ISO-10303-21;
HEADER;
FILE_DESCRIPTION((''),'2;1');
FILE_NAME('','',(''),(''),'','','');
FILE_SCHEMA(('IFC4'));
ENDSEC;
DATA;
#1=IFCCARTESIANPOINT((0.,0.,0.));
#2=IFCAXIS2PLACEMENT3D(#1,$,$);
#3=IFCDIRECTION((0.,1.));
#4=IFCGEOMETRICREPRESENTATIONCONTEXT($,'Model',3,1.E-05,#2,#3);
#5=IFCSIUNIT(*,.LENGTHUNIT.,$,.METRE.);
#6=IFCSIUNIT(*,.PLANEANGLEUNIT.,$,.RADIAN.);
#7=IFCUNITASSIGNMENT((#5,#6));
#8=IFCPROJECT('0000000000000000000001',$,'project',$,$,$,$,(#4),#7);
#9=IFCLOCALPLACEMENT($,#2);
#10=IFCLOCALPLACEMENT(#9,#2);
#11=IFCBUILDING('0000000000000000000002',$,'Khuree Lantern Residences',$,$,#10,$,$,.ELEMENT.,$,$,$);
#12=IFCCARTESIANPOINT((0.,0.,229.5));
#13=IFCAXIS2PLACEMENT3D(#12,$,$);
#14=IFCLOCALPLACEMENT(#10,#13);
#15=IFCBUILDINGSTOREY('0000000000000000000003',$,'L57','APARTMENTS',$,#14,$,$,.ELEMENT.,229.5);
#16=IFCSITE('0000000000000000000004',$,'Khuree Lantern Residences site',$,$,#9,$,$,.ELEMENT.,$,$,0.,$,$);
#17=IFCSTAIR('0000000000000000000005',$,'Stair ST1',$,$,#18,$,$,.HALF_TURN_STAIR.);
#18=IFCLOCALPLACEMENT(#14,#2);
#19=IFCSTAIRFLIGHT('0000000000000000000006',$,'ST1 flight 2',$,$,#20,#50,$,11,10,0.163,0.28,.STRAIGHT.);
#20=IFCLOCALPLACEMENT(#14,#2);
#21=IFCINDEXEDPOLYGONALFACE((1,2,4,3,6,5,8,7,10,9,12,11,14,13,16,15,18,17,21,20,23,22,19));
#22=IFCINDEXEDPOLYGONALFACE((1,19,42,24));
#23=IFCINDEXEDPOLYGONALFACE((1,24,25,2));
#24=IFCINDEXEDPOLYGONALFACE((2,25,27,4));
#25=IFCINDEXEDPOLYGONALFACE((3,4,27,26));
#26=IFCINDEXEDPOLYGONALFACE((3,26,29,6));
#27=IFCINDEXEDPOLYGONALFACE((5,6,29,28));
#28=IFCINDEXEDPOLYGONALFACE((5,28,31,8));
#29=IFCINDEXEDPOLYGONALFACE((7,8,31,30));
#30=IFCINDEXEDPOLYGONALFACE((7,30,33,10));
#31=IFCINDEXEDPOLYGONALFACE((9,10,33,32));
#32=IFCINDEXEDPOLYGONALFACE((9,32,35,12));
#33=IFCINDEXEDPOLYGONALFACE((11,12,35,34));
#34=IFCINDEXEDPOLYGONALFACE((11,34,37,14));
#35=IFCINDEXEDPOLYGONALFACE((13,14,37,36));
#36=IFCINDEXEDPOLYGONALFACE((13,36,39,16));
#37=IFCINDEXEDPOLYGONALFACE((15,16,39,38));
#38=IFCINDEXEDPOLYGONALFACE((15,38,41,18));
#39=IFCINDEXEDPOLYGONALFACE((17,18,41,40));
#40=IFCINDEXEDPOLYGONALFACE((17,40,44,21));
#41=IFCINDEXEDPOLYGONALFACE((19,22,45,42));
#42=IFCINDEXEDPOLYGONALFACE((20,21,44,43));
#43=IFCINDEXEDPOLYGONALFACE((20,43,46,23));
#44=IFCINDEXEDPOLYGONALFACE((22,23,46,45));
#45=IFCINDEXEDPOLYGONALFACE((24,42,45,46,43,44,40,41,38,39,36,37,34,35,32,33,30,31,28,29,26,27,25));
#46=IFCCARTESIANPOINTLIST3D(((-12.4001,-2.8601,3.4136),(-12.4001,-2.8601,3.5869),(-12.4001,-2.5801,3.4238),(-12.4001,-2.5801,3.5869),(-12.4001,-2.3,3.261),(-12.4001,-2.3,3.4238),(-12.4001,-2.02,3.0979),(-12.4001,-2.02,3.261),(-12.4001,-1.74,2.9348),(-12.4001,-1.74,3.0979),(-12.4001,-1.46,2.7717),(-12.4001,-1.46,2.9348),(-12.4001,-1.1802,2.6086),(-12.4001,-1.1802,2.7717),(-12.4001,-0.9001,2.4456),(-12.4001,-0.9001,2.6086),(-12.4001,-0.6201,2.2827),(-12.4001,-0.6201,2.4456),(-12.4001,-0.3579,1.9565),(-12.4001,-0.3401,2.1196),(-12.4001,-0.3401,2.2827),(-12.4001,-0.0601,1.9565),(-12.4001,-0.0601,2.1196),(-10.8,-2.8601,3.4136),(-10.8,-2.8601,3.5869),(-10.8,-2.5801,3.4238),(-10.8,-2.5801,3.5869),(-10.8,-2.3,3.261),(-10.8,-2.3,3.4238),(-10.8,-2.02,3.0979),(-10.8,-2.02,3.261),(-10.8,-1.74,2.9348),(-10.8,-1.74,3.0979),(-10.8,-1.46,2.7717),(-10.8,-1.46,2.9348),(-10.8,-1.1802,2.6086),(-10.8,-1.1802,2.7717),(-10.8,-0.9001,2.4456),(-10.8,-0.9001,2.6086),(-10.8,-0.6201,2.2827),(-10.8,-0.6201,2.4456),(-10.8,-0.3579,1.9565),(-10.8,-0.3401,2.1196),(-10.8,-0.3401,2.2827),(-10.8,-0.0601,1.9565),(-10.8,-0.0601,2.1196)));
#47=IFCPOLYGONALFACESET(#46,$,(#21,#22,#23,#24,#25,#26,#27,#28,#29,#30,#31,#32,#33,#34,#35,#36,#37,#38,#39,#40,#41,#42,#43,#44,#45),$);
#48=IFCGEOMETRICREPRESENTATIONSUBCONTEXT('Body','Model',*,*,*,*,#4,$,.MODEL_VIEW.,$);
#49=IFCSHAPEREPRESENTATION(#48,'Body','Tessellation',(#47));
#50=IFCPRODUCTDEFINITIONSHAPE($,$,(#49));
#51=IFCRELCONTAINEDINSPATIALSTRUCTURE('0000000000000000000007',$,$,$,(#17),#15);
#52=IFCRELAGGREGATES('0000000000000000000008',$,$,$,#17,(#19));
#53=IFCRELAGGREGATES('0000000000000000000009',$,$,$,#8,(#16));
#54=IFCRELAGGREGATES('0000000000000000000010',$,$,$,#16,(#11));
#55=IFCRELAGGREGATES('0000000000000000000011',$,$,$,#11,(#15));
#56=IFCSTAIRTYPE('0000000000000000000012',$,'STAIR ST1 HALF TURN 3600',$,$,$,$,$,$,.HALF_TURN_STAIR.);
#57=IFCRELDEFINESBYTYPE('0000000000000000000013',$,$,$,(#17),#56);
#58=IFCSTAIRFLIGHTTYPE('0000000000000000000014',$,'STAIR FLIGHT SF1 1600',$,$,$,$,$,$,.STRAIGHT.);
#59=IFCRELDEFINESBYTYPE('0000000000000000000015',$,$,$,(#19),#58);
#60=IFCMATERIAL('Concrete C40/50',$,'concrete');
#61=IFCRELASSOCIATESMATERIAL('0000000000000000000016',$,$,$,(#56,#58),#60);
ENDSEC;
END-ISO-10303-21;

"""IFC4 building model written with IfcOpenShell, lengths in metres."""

from ifc_helpers import new_model, si_unit, direction, frame, origin, place, context, subcontext, project, spatial, polyline, outline, extrude, material, type_object, element, aggregate, save


model = new_model("IFC4")

# Units and contexts
model_context = context("Model", 3, precision=1e-05, world=origin(), true_north=direction((0.0, 1.0)))
body_context = subcontext(model_context, "Body", "Model", "MODEL_VIEW")
ifc_project = project(units=[si_unit("LENGTHUNIT", "METRE"), si_unit("PLANEANGLEUNIT", "RADIAN")], contexts=[model_context])

# Site, building, storey
site_placement = place(None, origin())
site = spatial("IfcSite", under=ifc_project, at=site_placement, Name="Khuree Lantern Residences site", CompositionType="ELEMENT", RefElevation=0.0)
building_placement = place(site_placement, origin())
building = spatial("IfcBuilding", under=site, at=building_placement, Name="Khuree Lantern Residences", CompositionType="ELEMENT")
storey_placement = place(building_placement, frame((0.0, 0.0, 229.5)))
storey = spatial("IfcBuildingStorey", under=building, at=storey_placement, Name="L57", Description="APARTMENTS", CompositionType="ELEMENT", Elevation=229.5)

# Stair, stair flight
ifc_material_1 = material(Name="Concrete C40/50", Category="concrete")
stair_type = type_object("IfcStairType", Name="STAIR ST1 HALF TURN 3600", PredefinedType="HALF_TURN_STAIR", material=ifc_material_1)
stair_placement = place(storey_placement, origin())
stair = element("IfcStair", 1, at=stair_placement, inside=storey, type_object=stair_type, Name="Stair ST1", PredefinedType="HALF_TURN_STAIR")
stair_flight_type = type_object("IfcStairFlightType", Name="STAIR FLIGHT SF1 1600", PredefinedType="STRAIGHT", material=ifc_material_1)
stair_flight_1_placement = place(storey_placement, frame((-11.6001, -0.0601, 1.9565), z_axis=(0.0, 0.0, 1.0), x_axis=(0.0, -1.0, 0.0)))
stair_flight_1 = element("IfcStairFlight", 2, at=stair_flight_1_placement, type_object=stair_flight_type, Name="ST1 flight 2", NumberOfRisers=11, NumberOfTreads=10, PredefinedType="STRAIGHT", RiserHeight=0.163, TreadLength=0.28, context=body_context, shape_type="SweptSolid", body=[
    extrude(outline(polyline([(0.0, 0.0), (0.0, 0.1631), (0.28, 0.1631), (0.28, 0.3262), (0.5601, 0.3262), (0.5601, 0.489), (0.8401, 0.489), (0.8401, 0.6521), (1.1201, 0.6521), (1.1201, 0.8152), (1.3999, 0.8152), (1.3999, 0.9783), (1.6799, 0.9783), (1.6799, 1.1414), (1.96, 1.1414), (1.96, 1.3044), (2.24, 1.3044), (2.24, 1.4673), (2.52, 1.4673), (2.52, 1.6304), (2.8, 1.6304), (2.8, 1.7935), (2.8, 1.457), (0.2979, 0.0), (0.0, 0.0)])), frame((0.0, 0.8, 0.0), z_axis=(0.0, -1.0, 0.0), x_axis=(1.0, 0.0, 0.0)), (0.0, 0.0, 1.0), 1.6001),
])
aggregate(stair, [stair_flight_1])

save(model, "model.ifc")
